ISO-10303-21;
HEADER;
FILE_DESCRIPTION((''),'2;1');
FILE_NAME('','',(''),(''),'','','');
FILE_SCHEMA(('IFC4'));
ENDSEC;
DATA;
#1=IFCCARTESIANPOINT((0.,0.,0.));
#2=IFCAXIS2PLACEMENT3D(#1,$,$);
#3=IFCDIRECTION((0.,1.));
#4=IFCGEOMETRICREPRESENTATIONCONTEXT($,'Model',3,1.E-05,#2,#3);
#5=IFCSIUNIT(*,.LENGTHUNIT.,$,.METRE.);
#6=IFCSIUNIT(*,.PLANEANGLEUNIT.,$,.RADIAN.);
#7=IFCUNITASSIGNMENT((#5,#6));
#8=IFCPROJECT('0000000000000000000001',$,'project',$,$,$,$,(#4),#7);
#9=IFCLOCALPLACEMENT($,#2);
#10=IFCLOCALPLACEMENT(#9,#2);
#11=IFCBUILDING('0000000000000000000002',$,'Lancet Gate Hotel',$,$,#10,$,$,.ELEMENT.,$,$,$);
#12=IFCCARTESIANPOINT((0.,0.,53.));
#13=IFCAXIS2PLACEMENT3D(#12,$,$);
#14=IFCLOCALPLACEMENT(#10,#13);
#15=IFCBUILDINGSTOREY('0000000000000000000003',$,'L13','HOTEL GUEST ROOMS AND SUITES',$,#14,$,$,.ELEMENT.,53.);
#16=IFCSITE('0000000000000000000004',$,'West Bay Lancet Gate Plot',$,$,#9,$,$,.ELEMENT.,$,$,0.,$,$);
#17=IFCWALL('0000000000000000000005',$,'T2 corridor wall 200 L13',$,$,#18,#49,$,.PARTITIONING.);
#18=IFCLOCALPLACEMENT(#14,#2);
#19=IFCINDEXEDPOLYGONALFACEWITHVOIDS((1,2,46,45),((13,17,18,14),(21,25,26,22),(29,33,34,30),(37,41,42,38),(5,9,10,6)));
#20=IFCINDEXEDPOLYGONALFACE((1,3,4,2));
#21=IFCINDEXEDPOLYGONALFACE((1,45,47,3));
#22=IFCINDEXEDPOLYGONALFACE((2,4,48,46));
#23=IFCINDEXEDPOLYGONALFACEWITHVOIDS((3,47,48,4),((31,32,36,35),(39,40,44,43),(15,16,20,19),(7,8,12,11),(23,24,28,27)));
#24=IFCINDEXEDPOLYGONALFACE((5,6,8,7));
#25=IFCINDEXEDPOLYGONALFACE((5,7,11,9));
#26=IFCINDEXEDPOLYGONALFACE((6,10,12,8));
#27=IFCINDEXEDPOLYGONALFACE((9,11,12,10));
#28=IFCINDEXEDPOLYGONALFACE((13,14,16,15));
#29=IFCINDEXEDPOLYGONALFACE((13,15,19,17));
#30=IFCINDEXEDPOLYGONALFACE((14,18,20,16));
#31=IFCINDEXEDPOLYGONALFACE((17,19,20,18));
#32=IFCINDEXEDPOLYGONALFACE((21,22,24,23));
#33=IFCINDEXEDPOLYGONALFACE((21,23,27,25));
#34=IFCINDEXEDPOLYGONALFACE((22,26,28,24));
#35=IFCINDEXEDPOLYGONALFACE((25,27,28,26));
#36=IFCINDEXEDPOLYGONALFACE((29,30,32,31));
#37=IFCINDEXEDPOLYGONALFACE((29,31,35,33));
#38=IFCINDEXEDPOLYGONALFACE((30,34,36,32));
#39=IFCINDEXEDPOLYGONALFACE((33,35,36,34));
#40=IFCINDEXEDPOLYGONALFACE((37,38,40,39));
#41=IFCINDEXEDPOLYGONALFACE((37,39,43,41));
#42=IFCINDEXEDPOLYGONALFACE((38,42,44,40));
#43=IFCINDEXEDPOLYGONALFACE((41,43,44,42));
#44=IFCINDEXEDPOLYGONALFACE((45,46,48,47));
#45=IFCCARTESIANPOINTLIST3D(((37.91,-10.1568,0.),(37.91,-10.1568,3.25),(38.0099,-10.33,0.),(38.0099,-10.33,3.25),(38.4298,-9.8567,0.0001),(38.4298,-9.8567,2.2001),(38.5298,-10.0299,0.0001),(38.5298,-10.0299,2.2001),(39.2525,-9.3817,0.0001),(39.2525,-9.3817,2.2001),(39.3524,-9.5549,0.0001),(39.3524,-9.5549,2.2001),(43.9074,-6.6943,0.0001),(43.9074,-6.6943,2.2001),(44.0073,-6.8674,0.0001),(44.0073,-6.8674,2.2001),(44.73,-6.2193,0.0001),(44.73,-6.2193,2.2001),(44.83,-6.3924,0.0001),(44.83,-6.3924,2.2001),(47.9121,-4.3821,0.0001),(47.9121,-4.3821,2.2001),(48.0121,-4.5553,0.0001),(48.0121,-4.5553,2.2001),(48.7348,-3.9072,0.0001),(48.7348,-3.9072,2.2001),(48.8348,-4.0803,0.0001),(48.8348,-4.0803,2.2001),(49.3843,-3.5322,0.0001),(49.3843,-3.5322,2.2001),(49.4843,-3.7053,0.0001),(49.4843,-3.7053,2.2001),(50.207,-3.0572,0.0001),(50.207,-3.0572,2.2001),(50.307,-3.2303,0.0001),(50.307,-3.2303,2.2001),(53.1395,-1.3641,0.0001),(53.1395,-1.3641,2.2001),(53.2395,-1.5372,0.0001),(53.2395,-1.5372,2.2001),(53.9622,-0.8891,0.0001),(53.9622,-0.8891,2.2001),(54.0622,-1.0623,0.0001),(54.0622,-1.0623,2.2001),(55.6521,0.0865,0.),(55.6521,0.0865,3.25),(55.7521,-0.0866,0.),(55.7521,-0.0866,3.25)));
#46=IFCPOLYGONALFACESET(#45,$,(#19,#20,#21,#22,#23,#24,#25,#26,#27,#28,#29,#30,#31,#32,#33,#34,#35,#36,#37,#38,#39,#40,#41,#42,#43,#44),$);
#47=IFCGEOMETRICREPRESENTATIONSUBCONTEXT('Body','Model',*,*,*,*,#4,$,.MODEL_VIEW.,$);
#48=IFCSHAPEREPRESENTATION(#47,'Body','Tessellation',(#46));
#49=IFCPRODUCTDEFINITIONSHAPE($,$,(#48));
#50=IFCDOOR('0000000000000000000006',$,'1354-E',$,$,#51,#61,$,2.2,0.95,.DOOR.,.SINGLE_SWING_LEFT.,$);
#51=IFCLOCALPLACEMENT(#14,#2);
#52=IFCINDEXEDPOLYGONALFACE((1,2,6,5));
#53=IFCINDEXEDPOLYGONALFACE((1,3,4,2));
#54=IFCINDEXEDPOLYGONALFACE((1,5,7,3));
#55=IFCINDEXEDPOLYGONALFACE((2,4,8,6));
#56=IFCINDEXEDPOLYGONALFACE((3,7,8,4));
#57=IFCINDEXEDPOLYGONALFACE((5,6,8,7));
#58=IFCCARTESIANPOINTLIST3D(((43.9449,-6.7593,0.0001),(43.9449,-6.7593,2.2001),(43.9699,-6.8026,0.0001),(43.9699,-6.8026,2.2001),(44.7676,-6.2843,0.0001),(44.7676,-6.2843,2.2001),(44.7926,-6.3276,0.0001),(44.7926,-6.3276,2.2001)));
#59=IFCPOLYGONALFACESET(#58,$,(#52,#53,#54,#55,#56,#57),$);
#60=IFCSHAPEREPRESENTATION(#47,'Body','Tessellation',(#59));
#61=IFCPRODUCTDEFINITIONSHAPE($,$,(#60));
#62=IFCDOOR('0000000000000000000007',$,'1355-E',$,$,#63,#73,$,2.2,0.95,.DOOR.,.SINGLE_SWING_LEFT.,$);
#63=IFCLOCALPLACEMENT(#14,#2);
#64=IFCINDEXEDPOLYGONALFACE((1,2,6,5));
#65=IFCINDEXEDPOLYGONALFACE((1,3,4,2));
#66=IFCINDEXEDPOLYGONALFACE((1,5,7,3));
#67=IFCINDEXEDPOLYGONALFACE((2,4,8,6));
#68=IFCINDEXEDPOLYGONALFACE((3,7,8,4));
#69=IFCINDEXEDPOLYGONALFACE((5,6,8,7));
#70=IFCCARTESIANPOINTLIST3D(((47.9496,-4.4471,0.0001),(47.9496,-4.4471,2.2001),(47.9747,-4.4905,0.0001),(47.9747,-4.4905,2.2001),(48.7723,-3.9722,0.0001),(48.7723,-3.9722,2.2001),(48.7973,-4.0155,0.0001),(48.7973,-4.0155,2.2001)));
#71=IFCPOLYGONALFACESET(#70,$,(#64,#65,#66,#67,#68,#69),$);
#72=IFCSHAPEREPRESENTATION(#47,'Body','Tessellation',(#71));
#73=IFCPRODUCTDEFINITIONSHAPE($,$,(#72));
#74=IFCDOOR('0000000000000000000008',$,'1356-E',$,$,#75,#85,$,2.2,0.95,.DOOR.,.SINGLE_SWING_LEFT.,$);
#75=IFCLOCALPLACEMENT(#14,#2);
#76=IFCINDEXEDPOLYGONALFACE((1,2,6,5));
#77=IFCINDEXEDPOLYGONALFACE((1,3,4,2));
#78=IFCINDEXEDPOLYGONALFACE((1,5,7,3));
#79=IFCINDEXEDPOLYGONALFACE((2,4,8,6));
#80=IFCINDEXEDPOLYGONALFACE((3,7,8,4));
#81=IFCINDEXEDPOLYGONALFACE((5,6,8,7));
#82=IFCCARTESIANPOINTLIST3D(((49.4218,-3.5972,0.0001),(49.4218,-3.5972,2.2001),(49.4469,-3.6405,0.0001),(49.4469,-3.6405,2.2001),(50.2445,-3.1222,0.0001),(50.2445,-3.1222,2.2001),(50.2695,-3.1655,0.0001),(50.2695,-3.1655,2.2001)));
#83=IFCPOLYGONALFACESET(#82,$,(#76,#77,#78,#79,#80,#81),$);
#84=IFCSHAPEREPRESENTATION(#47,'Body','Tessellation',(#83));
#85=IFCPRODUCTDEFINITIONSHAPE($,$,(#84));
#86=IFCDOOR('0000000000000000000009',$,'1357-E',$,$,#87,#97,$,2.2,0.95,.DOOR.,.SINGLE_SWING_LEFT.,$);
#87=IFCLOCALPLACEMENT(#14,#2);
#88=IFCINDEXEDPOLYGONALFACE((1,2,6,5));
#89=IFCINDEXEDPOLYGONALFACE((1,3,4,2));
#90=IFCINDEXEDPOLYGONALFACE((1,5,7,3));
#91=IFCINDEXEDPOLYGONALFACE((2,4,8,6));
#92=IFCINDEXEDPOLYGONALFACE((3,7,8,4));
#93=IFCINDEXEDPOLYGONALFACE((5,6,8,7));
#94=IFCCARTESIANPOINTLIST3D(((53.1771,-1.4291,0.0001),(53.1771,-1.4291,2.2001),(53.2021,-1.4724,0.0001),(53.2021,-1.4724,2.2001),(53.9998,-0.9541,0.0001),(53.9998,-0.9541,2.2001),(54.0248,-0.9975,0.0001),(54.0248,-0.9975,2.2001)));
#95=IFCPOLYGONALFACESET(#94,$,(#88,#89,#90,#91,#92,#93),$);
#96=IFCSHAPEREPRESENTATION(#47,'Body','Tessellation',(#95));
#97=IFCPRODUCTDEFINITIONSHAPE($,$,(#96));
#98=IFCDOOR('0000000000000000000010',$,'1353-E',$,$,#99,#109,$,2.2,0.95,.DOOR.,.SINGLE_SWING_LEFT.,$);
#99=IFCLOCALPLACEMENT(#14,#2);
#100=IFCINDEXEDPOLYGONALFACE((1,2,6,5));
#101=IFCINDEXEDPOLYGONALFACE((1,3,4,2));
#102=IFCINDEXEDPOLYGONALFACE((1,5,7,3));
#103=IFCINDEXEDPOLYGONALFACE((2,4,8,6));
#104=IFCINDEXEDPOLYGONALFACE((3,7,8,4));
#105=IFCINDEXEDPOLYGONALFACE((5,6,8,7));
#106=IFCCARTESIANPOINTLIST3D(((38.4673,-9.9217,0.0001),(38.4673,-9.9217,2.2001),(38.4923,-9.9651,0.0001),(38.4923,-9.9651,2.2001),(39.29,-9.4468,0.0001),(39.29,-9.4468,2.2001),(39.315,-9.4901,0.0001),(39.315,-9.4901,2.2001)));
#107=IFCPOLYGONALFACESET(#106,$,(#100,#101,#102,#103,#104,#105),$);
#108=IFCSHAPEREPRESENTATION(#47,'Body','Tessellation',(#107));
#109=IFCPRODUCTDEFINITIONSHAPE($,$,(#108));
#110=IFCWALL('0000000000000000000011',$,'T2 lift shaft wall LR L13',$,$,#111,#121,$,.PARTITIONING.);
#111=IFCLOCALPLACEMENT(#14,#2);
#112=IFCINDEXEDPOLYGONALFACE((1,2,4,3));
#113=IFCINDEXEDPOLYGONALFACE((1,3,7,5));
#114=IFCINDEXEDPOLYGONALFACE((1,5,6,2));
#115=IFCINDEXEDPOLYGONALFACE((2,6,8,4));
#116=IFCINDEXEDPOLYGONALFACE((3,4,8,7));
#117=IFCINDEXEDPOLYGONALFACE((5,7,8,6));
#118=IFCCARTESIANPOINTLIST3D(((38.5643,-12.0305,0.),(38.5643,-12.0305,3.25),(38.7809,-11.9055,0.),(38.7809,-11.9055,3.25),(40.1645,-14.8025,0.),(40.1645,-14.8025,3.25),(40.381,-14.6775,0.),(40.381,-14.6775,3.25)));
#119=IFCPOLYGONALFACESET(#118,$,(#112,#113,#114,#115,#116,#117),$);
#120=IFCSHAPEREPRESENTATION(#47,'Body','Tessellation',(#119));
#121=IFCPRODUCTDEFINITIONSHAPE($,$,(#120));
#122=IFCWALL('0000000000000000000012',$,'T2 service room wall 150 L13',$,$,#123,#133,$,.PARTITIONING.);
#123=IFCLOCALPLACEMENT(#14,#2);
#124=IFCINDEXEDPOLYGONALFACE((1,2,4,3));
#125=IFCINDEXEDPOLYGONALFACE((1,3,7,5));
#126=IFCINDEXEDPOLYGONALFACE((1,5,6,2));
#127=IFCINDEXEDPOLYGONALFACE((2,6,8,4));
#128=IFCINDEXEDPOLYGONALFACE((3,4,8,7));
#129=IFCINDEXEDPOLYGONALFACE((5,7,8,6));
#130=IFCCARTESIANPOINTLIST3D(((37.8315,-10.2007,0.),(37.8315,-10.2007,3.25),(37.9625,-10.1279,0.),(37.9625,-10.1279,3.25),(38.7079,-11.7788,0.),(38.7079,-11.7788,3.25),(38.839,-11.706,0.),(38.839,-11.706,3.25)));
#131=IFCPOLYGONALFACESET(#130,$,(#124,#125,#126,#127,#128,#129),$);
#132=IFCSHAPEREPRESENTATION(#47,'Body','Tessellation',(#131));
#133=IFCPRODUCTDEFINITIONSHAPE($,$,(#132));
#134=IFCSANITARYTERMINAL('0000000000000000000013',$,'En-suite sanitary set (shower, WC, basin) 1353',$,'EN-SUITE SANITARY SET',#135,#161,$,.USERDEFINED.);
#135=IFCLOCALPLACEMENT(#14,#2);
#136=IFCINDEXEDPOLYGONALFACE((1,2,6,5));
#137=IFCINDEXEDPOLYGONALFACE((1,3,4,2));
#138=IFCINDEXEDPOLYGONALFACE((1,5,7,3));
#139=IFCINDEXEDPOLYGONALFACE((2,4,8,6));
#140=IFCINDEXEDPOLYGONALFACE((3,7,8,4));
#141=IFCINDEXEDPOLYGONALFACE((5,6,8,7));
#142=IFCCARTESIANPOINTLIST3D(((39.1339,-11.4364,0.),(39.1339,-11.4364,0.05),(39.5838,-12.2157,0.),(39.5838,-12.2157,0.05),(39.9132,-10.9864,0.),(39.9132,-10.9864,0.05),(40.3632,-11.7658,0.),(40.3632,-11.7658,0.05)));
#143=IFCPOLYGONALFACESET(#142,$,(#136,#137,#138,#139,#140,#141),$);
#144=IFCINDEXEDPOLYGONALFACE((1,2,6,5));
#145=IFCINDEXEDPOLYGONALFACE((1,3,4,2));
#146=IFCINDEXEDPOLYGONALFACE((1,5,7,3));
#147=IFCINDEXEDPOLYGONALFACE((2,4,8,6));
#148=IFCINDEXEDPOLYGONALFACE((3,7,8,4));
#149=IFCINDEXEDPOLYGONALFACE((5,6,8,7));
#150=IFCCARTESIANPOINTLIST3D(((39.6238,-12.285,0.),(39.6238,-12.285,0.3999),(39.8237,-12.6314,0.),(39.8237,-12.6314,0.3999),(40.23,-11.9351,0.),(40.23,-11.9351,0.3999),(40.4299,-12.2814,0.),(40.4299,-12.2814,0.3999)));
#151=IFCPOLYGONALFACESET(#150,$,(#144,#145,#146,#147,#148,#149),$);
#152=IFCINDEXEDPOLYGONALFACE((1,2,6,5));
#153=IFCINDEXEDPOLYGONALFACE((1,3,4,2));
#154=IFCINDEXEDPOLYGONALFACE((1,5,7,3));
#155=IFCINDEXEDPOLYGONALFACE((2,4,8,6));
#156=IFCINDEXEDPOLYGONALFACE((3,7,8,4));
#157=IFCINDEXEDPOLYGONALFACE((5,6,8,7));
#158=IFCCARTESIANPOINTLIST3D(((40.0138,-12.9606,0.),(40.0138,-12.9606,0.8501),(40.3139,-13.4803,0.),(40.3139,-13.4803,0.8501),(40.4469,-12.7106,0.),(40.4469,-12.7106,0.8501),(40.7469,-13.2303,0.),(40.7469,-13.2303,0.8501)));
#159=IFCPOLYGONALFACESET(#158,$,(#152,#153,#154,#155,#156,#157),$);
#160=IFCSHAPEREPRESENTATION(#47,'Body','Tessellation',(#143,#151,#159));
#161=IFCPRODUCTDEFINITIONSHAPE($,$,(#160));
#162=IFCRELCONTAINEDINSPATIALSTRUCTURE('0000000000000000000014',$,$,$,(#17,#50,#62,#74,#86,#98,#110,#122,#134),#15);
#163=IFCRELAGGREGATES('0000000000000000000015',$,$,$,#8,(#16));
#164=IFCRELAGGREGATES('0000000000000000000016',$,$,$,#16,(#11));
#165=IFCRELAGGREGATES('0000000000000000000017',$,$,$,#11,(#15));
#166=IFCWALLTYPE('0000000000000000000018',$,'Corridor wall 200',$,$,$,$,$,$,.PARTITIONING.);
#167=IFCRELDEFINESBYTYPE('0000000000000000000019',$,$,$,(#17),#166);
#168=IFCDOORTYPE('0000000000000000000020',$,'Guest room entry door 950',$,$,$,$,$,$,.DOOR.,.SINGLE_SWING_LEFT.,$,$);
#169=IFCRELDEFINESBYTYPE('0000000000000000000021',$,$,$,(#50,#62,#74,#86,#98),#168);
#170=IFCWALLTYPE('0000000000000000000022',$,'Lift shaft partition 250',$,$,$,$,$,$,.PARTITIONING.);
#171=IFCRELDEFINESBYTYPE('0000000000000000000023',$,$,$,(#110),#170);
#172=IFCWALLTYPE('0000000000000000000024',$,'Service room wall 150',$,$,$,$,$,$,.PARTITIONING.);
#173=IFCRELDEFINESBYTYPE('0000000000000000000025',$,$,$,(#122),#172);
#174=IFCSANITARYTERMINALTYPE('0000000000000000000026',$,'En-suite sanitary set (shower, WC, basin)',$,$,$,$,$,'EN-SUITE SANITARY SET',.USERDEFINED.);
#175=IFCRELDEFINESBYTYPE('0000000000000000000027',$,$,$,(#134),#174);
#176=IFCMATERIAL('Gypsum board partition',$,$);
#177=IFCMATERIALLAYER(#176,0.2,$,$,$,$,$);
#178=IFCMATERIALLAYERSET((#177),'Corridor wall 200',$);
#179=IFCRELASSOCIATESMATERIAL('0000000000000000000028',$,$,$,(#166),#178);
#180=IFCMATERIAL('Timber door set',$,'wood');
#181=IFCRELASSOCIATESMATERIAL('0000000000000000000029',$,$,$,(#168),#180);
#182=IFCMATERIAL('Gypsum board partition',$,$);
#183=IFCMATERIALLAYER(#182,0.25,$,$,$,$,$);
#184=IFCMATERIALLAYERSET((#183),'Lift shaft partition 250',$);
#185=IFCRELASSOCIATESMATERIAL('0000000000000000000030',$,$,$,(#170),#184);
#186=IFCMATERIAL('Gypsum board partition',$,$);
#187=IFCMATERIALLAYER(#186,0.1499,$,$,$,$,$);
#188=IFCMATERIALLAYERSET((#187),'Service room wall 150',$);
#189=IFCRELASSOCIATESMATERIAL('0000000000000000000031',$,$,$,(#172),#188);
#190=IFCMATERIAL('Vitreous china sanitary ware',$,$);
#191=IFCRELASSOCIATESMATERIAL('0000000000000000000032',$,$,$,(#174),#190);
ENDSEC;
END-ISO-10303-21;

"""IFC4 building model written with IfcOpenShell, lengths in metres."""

from ifc_helpers import new_model, si_unit, direction, frame, frame_2d, origin, origin_2d, place, context, subcontext, project, spatial, rectangle, extrude, material, layer, layer_set, type_object, element, fill, save


model = new_model("IFC4")

# Units and contexts
model_context = context("Model", 3, precision=1e-05, world=origin(), true_north=direction((0.0, 1.0)))
body_context = subcontext(model_context, "Body", "Model", "MODEL_VIEW")
ifc_project = project(units=[si_unit("LENGTHUNIT", "METRE"), si_unit("PLANEANGLEUNIT", "RADIAN")], contexts=[model_context])

# Site, building, storey
site_placement = place(None, origin())
site = spatial("IfcSite", under=ifc_project, at=site_placement, Name="West Bay Lancet Gate Plot", CompositionType="ELEMENT", RefElevation=0.0)
building_placement = place(site_placement, origin())
building = spatial("IfcBuilding", under=site, at=building_placement, Name="Lancet Gate Hotel", CompositionType="ELEMENT")
storey_placement = place(building_placement, frame((0.0, 0.0, 53.0)))
storey = spatial("IfcBuildingStorey", under=building, at=storey_placement, Name="L13", Description="HOTEL GUEST ROOMS AND SUITES", CompositionType="ELEMENT", Elevation=53.0)

# Wall, openings, doors
ifc_material_1 = material(Name="Gypsum board partition")
ifc_layer_1 = layer(ifc_material_1, 0.2)
ifc_layer_set_1 = layer_set([ifc_layer_1], Name="Corridor wall 200")
wall_type_1 = type_object("IfcWallType", Name="Corridor wall 200", PredefinedType="PARTITIONING", material=ifc_layer_set_1)
wall_1_placement = place(storey_placement, frame((37.96, -10.2434, 0.0), z_axis=(0.0, 0.0, 1.0), x_axis=(0.866026, 0.499998, 0.0)))
wall_1 = element("IfcWall", 1, at=wall_1_placement, inside=storey, type_object=wall_type_1, Name="T2 corridor wall 200 L13", PredefinedType="PARTITIONING", context=body_context, shape_type="SweptSolid", body=[
    extrude(rectangle(XDim=20.4868, YDim=0.2, at=frame_2d((10.2434, 0.0))), origin(), (0.0, 0.0, 1.0), 3.25),
])
opening_1_placement = place(wall_1_placement, frame((6.925, 0.0, 0.0)))
opening_1 = element("IfcOpeningElement", 2, at=opening_1_placement, cuts=wall_1, PredefinedType="OPENING", context=body_context, shape_type="SweptSolid", body=[
    extrude(rectangle(XDim=0.95, YDim=2.2, at=frame_2d((0.4751, 1.1001))), frame((0.0, 0.1099, 0.0), z_axis=(0.0, -1.0, 0.0), x_axis=(1.0, 0.0, 0.0)), (0.0, 0.0, 1.0), 0.22),
])
opening_2_placement = place(wall_1_placement, frame((11.5493, 0.0, 0.0)))
opening_2 = element("IfcOpeningElement", 3, at=opening_2_placement, cuts=wall_1, PredefinedType="OPENING", context=body_context, shape_type="SweptSolid", body=[
    extrude(rectangle(XDim=0.95, YDim=2.2, at=frame_2d((0.4751, 1.1001))), frame((0.0, 0.1099, 0.0), z_axis=(0.0, -1.0, 0.0), x_axis=(1.0, 0.0, 0.0)), (0.0, 0.0, 1.0), 0.22),
])
opening_3_placement = place(wall_1_placement, frame((13.2493, 0.0, 0.0)))
opening_3 = element("IfcOpeningElement", 4, at=opening_3_placement, cuts=wall_1, PredefinedType="OPENING", context=body_context, shape_type="SweptSolid", body=[
    extrude(rectangle(XDim=0.95, YDim=2.2, at=frame_2d((0.4751, 1.1001))), frame((0.0, 0.1099, 0.0), z_axis=(0.0, -1.0, 0.0), x_axis=(1.0, 0.0, 0.0)), (0.0, 0.0, 1.0), 0.22),
])
opening_4_placement = place(wall_1_placement, frame((17.5854, 0.0, 0.0)))
opening_4 = element("IfcOpeningElement", 5, at=opening_4_placement, cuts=wall_1, PredefinedType="OPENING", context=body_context, shape_type="SweptSolid", body=[
    extrude(rectangle(XDim=0.95, YDim=2.2, at=frame_2d((0.4751, 1.1001))), frame((0.0, 0.1099, 0.0), z_axis=(0.0, -1.0, 0.0), x_axis=(1.0, 0.0, 0.0)), (0.0, 0.0, 1.0), 0.22),
])
opening_5_placement = place(wall_1_placement, frame((0.6001, 0.0, 0.0)))
opening_5 = element("IfcOpeningElement", 6, at=opening_5_placement, cuts=wall_1, PredefinedType="OPENING", context=body_context, shape_type="SweptSolid", body=[
    extrude(rectangle(XDim=0.95, YDim=2.2, at=frame_2d((0.4751, 1.1001))), frame((0.0, 0.1099, 0.0), z_axis=(0.0, -1.0, 0.0), x_axis=(1.0, 0.0, 0.0)), (0.0, 0.0, 1.0), 0.22),
])
ifc_material_2 = material(Name="Timber door set", Category="wood")
door_type_1 = type_object("IfcDoorType", Name="Guest room entry door 950", OperationType="SINGLE_SWING_LEFT", PredefinedType="DOOR", material=ifc_material_2)
door_1_placement = place(opening_1_placement, origin())
door_1 = element("IfcDoor", 7, at=door_1_placement, inside=storey, type_object=door_type_1, Name="1354-E", OperationType="SINGLE_SWING_LEFT", OverallHeight=2.2, OverallWidth=0.95, PredefinedType="DOOR", context=body_context, shape_type="SweptSolid", body=[
    extrude(rectangle(XDim=0.95, YDim=2.2, at=frame_2d((0.4751, 1.1001))), frame((0.0, 0.0249, 0.0), z_axis=(0.0, -1.0, 0.0), x_axis=(1.0, 0.0, 0.0)), (0.0, 0.0, 1.0), 0.05),
])
fill(opening_1, door_1)
door_2_placement = place(opening_2_placement, origin())
door_2 = element("IfcDoor", 8, at=door_2_placement, inside=storey, type_object=door_type_1, Name="1355-E", OperationType="SINGLE_SWING_LEFT", OverallHeight=2.2, OverallWidth=0.95, PredefinedType="DOOR", context=body_context, shape_type="SweptSolid", body=[
    extrude(rectangle(XDim=0.95, YDim=2.2, at=frame_2d((0.4751, 1.1001))), frame((0.0, 0.0249, 0.0), z_axis=(0.0, -1.0, 0.0), x_axis=(1.0, 0.0, 0.0)), (0.0, 0.0, 1.0), 0.05),
])
fill(opening_2, door_2)
door_3_placement = place(opening_3_placement, origin())
door_3 = element("IfcDoor", 9, at=door_3_placement, inside=storey, type_object=door_type_1, Name="1356-E", OperationType="SINGLE_SWING_LEFT", OverallHeight=2.2, OverallWidth=0.95, PredefinedType="DOOR", context=body_context, shape_type="SweptSolid", body=[
    extrude(rectangle(XDim=0.95, YDim=2.2, at=frame_2d((0.4751, 1.1001))), frame((0.0, 0.0249, 0.0), z_axis=(0.0, -1.0, 0.0), x_axis=(1.0, 0.0, 0.0)), (0.0, 0.0, 1.0), 0.05),
])
fill(opening_3, door_3)
door_4_placement = place(opening_4_placement, origin())
door_4 = element("IfcDoor", 10, at=door_4_placement, inside=storey, type_object=door_type_1, Name="1357-E", OperationType="SINGLE_SWING_LEFT", OverallHeight=2.2, OverallWidth=0.95, PredefinedType="DOOR", context=body_context, shape_type="SweptSolid", body=[
    extrude(rectangle(XDim=0.95, YDim=2.2, at=frame_2d((0.4751, 1.1001))), frame((0.0, 0.0249, 0.0), z_axis=(0.0, -1.0, 0.0), x_axis=(1.0, 0.0, 0.0)), (0.0, 0.0, 1.0), 0.05),
])
fill(opening_4, door_4)
door_5_placement = place(opening_5_placement, origin())
door_5 = element("IfcDoor", 11, at=door_5_placement, inside=storey, type_object=door_type_1, Name="1353-E", OperationType="SINGLE_SWING_LEFT", OverallHeight=2.2, OverallWidth=0.95, PredefinedType="DOOR", context=body_context, shape_type="SweptSolid", body=[
    extrude(rectangle(XDim=0.95, YDim=2.2, at=frame_2d((0.4751, 1.1001))), frame((0.0, 0.0249, 0.0), z_axis=(0.0, -1.0, 0.0), x_axis=(1.0, 0.0, 0.0)), (0.0, 0.0, 1.0), 0.05),
])
fill(opening_5, door_5)

# Walls
ifc_material_3 = material(Name="Gypsum board partition")
ifc_layer_2 = layer(ifc_material_3, 0.25)
ifc_layer_set_2 = layer_set([ifc_layer_2], Name="Lift shaft partition 250")
wall_type_2 = type_object("IfcWallType", Name="Lift shaft partition 250", PredefinedType="PARTITIONING", material=ifc_layer_set_2)
wall_2_placement = place(storey_placement, frame((38.6726, -11.968, 0.0), z_axis=(0.0, 0.0, 1.0), x_axis=(0.499929, -0.866066, 0.0)))
element("IfcWall", 12, at=wall_2_placement, inside=storey, type_object=wall_type_2, Name="T2 lift shaft wall LR L13", PredefinedType="PARTITIONING", context=body_context, shape_type="SweptSolid", body=[
    extrude(rectangle(XDim=3.2007, YDim=0.25, at=frame_2d((1.6003, 0.0))), origin(), (0.0, 0.0, 1.0), 3.25),
])
ifc_material_4 = material(Name="Gypsum board partition")
ifc_layer_3 = layer(ifc_material_4, 0.1499)
ifc_layer_set_3 = layer_set([ifc_layer_3], Name="Service room wall 150")
wall_type_3 = type_object("IfcWallType", Name="Service room wall 150", PredefinedType="PARTITIONING", material=ifc_layer_set_3)
wall_3_placement = place(storey_placement, frame((38.7734, -11.7424, 0.0), z_axis=(0.0, 0.0, 1.0), x_axis=(-0.485528, 0.874221, 0.0)))
element("IfcWall", 13, at=wall_3_placement, inside=storey, type_object=wall_type_3, Name="T2 service room wall 150 L13", PredefinedType="PARTITIONING", context=body_context, shape_type="SweptSolid", body=[
    extrude(rectangle(XDim=1.8052, YDim=0.1499, at=frame_2d((0.9026, 0.0))), origin(), (0.0, 0.0, 1.0), 3.25),
])

# Sanitary terminal
ifc_material_5 = material(Name="Vitreous china sanitary ware")
sanitary_terminal_type = type_object("IfcSanitaryTerminalType", Name="En-suite sanitary set (shower, WC, basin)", ElementType="EN-SUITE SANITARY SET", PredefinedType="USERDEFINED", material=ifc_material_5)
sanitary_terminal_placement = place(storey_placement, frame((39.7485, -11.6011, 0.0), z_axis=(0.0, 0.0, 1.0), x_axis=(1.0, 0.0, 0.0)))
element("IfcSanitaryTerminal", 14, at=sanitary_terminal_placement, inside=storey, type_object=sanitary_terminal_type, Name="En-suite sanitary set (shower, WC, basin) 1353", ObjectType="EN-SUITE SANITARY SET", PredefinedType="USERDEFINED", context=body_context, shape_type="SweptSolid", body=[
    extrude(rectangle(XDim=0.8999, YDim=0.8999, at=origin_2d()), frame((0.0, 0.0, 0.0), z_axis=(0.0, 0.0, 1.0), x_axis=(-0.5, 0.866025, 0.0)), (0.0, 0.0, 1.0), 0.05),
    extrude(rectangle(XDim=0.3999, YDim=0.7, at=origin_2d()), frame((0.2783, -0.6821, 0.0), z_axis=(0.0, 0.0, 1.0), x_axis=(-0.5, 0.866025, 0.0)), (0.0, 0.0, 1.0), 0.3999),
    extrude(rectangle(XDim=0.6001, YDim=0.5, at=origin_2d()), frame((0.6318, -1.4944, 0.0), z_axis=(0.0, 0.0, 1.0), x_axis=(-0.5, 0.866025, 0.0)), (0.0, 0.0, 1.0), 0.8501),
])

save(model, "model.ifc")
